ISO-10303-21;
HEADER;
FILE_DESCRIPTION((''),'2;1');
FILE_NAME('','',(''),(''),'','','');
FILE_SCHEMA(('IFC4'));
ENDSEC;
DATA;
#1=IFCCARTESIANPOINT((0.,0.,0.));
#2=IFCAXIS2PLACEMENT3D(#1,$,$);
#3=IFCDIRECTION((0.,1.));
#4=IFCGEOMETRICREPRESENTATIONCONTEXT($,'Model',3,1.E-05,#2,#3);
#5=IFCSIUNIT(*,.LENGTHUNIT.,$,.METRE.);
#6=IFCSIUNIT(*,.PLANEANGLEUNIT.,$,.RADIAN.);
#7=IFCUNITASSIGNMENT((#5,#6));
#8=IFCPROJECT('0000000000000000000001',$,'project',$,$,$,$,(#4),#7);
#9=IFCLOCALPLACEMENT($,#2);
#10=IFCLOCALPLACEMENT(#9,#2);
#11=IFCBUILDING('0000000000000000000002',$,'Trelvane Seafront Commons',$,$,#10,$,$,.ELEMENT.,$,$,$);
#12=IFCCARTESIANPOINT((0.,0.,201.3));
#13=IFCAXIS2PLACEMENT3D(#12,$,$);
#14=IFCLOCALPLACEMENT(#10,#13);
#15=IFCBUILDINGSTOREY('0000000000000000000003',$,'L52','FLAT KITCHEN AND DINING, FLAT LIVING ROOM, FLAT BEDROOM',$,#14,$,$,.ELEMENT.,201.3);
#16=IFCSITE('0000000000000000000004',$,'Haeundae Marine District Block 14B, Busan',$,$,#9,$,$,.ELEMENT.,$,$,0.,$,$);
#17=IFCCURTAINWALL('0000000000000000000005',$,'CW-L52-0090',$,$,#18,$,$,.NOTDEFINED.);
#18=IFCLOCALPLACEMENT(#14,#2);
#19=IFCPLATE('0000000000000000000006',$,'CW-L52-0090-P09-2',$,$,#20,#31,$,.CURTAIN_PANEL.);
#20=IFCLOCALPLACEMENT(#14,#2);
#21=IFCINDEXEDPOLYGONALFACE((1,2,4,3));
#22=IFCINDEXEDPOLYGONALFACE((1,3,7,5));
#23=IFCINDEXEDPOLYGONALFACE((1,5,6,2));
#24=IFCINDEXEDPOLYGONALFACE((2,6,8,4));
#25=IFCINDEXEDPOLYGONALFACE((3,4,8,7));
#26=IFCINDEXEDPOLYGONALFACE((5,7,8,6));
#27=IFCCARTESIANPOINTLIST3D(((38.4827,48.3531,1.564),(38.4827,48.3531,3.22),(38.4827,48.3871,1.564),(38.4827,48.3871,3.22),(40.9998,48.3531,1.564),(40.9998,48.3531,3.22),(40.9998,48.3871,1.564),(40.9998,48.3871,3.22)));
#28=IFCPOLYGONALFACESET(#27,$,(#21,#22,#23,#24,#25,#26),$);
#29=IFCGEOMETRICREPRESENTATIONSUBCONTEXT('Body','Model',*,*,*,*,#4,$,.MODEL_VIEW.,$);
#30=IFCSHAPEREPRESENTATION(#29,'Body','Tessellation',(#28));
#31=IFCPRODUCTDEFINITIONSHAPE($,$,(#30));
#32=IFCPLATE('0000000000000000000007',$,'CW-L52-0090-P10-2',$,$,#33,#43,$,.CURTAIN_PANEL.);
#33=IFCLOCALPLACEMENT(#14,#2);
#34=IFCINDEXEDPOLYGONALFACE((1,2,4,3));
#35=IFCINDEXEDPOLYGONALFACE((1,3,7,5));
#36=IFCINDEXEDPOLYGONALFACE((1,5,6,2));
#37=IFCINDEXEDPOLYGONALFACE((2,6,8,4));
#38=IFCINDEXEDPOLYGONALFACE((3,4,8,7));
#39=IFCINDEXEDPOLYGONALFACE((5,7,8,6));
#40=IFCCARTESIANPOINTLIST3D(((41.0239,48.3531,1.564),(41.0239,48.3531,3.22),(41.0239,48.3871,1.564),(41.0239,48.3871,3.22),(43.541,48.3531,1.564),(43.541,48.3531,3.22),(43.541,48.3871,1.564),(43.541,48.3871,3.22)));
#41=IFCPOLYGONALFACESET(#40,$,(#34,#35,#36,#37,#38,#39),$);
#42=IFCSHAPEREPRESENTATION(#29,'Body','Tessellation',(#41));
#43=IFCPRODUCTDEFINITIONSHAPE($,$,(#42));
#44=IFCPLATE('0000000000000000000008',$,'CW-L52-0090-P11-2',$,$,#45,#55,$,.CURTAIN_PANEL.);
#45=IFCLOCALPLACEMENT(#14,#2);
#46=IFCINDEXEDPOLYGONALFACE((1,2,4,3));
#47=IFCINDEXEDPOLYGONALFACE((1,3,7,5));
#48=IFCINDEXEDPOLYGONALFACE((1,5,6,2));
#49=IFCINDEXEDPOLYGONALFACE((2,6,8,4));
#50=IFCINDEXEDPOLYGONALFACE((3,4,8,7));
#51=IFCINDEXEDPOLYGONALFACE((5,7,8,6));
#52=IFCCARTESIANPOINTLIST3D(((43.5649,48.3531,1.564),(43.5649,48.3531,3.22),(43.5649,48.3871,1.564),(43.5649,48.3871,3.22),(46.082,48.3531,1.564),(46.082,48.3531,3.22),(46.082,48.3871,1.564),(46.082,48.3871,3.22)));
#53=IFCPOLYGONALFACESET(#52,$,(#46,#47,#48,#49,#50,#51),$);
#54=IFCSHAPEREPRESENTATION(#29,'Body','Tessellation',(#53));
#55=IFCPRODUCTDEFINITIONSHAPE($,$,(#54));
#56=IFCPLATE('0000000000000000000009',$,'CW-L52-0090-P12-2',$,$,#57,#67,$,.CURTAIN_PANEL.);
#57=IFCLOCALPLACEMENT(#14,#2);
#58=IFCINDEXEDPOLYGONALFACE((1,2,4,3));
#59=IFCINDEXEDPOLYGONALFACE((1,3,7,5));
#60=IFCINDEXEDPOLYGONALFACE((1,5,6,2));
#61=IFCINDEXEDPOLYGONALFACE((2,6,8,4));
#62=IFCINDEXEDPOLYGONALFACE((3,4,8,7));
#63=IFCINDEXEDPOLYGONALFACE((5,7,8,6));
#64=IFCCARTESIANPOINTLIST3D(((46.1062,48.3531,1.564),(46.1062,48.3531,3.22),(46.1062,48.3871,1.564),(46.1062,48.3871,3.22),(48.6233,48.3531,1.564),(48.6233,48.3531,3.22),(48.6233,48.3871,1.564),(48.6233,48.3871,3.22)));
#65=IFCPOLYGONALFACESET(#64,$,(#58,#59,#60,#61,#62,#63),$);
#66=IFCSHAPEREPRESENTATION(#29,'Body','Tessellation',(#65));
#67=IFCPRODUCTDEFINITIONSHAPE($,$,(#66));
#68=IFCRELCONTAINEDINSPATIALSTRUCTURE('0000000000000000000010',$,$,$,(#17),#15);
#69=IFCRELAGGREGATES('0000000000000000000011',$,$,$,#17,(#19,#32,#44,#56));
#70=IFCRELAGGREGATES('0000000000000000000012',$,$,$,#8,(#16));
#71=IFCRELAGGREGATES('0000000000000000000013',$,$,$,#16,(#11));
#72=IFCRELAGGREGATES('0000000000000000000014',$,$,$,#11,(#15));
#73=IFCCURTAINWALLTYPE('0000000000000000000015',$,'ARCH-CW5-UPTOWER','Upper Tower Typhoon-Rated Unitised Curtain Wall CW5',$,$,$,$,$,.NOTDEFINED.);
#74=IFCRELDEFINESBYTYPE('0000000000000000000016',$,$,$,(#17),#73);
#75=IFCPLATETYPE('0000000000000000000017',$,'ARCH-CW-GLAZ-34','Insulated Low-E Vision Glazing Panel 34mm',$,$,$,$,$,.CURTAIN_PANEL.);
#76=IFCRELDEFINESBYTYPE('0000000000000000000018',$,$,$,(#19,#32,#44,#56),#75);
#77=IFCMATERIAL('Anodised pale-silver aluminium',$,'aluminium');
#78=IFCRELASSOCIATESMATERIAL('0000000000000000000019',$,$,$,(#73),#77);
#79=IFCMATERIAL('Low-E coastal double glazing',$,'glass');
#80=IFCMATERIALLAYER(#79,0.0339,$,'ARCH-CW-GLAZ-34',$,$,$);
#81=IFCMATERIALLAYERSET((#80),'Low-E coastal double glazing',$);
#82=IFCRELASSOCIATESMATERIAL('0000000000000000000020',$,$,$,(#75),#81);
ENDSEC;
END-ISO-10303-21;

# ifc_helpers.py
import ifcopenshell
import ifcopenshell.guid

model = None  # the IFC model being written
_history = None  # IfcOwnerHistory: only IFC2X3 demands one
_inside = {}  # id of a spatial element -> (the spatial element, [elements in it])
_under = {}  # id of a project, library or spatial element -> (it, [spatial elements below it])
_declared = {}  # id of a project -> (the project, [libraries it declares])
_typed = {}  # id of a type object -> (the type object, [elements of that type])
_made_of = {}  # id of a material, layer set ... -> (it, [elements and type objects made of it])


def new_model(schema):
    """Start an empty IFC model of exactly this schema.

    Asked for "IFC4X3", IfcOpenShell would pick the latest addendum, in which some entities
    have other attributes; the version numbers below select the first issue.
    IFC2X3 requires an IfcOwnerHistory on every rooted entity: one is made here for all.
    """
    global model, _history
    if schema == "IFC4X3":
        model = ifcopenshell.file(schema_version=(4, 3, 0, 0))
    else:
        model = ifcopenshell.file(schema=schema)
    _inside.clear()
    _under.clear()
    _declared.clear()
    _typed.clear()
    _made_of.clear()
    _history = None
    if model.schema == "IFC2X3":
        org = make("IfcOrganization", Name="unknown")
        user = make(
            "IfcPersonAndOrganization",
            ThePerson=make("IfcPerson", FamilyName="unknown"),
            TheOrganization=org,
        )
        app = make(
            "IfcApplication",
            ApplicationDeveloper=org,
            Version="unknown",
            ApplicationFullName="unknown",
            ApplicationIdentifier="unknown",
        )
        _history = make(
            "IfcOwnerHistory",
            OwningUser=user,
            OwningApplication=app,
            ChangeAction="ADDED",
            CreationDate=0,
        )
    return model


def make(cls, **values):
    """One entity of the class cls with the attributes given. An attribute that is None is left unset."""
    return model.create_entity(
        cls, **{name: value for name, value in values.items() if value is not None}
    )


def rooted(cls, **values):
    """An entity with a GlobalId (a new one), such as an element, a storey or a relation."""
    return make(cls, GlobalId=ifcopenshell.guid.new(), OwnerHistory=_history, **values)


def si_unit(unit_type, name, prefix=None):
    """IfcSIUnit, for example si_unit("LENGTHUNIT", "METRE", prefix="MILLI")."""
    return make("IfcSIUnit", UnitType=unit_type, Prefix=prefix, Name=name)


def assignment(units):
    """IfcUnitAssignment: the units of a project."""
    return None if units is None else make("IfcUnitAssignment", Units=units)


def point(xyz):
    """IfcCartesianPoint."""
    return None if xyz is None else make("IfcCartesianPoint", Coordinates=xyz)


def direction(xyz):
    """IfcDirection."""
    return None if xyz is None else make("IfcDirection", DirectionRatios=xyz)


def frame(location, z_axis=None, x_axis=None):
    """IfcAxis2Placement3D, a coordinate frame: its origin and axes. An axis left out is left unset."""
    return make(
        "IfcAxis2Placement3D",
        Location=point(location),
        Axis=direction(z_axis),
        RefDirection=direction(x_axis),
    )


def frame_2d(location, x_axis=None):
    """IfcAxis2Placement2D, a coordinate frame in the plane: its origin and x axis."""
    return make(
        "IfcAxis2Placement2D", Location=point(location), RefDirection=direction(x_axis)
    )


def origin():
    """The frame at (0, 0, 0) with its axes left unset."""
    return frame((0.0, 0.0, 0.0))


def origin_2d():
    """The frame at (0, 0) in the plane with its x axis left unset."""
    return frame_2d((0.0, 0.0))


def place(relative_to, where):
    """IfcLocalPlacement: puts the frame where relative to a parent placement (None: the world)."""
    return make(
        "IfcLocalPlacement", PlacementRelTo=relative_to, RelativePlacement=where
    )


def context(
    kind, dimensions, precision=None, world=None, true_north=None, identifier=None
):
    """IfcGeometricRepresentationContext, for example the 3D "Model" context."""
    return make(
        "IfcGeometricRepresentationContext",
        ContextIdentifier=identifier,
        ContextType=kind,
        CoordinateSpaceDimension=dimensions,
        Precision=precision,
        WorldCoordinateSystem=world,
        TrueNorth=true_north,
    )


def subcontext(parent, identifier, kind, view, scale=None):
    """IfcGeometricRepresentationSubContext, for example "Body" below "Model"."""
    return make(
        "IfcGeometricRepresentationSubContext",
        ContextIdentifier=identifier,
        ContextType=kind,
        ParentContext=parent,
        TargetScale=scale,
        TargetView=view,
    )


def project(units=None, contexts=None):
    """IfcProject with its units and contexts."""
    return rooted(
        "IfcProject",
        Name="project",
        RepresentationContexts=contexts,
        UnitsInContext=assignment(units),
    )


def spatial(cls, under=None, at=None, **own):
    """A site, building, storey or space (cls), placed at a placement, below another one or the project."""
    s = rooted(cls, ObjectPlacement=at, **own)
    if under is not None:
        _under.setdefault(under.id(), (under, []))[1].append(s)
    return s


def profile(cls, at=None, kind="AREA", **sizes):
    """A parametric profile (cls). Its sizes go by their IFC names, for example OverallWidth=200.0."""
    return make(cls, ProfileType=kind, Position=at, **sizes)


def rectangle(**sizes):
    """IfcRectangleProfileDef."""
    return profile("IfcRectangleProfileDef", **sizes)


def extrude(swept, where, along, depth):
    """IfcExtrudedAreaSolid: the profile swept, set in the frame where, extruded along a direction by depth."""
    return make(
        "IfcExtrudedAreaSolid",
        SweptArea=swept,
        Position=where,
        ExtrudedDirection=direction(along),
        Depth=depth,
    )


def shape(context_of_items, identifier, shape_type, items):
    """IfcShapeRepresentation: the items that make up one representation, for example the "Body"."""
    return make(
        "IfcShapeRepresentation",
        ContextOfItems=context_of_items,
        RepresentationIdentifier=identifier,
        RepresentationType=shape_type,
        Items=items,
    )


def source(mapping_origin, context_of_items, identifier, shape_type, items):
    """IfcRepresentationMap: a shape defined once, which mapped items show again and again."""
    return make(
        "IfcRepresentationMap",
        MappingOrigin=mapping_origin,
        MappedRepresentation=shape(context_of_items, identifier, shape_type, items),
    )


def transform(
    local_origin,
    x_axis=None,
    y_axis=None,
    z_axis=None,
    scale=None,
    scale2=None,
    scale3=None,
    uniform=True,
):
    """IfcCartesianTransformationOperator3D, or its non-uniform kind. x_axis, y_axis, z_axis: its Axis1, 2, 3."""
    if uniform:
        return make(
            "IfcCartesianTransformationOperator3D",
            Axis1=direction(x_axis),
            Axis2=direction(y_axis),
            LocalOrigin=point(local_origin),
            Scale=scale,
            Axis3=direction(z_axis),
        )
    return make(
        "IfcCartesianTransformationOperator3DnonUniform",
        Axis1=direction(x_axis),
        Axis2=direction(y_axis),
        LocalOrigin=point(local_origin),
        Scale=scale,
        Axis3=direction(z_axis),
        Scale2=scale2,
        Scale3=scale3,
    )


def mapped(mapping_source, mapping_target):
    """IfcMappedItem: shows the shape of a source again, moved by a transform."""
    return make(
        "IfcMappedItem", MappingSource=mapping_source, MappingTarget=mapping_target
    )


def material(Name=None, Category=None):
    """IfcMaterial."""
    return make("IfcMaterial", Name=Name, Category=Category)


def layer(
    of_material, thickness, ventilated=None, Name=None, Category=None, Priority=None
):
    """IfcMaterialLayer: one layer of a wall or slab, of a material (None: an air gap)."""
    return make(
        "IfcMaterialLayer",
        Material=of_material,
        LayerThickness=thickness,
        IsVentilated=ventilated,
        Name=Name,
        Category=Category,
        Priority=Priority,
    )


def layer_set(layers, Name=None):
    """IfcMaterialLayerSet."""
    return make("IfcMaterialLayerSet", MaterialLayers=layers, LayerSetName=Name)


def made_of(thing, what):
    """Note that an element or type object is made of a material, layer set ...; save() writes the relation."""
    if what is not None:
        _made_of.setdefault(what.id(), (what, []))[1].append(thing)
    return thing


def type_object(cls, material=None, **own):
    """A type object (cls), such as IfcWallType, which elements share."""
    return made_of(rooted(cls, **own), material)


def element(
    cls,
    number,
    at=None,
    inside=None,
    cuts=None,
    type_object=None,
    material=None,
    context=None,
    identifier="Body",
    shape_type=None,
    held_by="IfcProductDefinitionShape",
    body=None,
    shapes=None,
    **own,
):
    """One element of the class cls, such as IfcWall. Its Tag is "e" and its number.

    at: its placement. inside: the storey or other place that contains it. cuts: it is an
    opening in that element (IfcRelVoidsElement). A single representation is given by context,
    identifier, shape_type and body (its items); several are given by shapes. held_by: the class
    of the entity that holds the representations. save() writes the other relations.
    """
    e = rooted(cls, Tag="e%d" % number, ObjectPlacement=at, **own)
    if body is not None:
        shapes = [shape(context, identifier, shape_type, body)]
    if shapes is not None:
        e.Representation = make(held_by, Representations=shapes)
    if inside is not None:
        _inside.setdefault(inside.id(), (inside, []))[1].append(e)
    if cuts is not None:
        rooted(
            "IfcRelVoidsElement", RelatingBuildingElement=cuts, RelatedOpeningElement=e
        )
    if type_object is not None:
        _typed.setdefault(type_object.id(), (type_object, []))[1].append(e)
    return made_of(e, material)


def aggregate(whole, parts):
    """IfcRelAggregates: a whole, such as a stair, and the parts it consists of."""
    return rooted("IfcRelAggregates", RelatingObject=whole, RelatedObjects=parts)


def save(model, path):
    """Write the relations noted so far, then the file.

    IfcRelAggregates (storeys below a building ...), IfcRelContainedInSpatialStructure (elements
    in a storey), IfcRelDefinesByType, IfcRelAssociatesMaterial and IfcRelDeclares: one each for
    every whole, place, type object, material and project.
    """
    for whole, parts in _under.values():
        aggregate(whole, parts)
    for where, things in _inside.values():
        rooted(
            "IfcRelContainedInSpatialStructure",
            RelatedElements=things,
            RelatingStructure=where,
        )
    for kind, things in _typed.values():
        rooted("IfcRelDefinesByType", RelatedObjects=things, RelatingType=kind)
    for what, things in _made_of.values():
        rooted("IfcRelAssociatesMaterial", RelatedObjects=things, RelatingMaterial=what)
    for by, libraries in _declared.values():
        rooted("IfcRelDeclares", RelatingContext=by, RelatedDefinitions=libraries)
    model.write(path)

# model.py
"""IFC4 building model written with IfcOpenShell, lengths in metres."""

from ifc_helpers import new_model, si_unit, direction, frame, origin, origin_2d, place, context, subcontext, project, spatial, rectangle, extrude, source, transform, mapped, material, layer, layer_set, type_object, element, aggregate, save


model = new_model("IFC4")

# Units and contexts
model_context = context("Model", 3, precision=1e-05, world=origin(), true_north=direction((0.0, 1.0)))
body_context = subcontext(model_context, "Body", "Model", "MODEL_VIEW")
ifc_project = project(units=[si_unit("LENGTHUNIT", "METRE"), si_unit("PLANEANGLEUNIT", "RADIAN")], contexts=[model_context])

# Site, building, storey
site_placement = place(None, origin())
site = spatial("IfcSite", under=ifc_project, at=site_placement, Name="Haeundae Marine District Block 14B, Busan", CompositionType="ELEMENT", RefElevation=0.0)
building_placement = place(site_placement, origin())
building = spatial("IfcBuilding", under=site, at=building_placement, Name="Trelvane Seafront Commons", CompositionType="ELEMENT")
storey_placement = place(building_placement, frame((0.0, 0.0, 201.3)))
storey = spatial("IfcBuildingStorey", under=building, at=storey_placement, Name="L52", Description="FLAT KITCHEN AND DINING, FLAT LIVING ROOM, FLAT BEDROOM", CompositionType="ELEMENT", Elevation=201.3)

# Curtain wall
ifc_material_1 = material(Name="Anodised pale-silver aluminium", Category="aluminium")
curtain_wall_type = type_object("IfcCurtainWallType", Name="ARCH-CW5-UPTOWER", Description="Upper Tower Typhoon-Rated Unitised Curtain Wall CW5", PredefinedType="NOTDEFINED", material=ifc_material_1)
curtain_wall_placement = place(storey_placement, origin())
curtain_wall = element("IfcCurtainWall", 1, at=curtain_wall_placement, inside=storey, type_object=curtain_wall_type, Name="CW-L52-0090", PredefinedType="NOTDEFINED")

# Plates
ifc_material_2 = material(Name="Low-E coastal double glazing", Category="glass")
ifc_layer_1 = layer(ifc_material_2, 0.0339, Name="ARCH-CW-GLAZ-34")
ifc_layer_set_1 = layer_set([ifc_layer_1], Name="Low-E coastal double glazing")
plate_type_1 = type_object("IfcPlateType", Name="ARCH-CW-GLAZ-34", Description="Insulated Low-E Vision Glazing Panel 34mm", PredefinedType="CURTAIN_PANEL", material=ifc_layer_set_1)
shared_shape_1 = source(origin(), body_context, "Body", "SweptSolid", [
    extrude(rectangle(XDim=2.5171, YDim=0.0339, at=origin_2d()), origin(), (0.0, 0.0, 1.0), 1.656),
])
plate_1_placement = place(storey_placement, frame((39.7412, 48.3701, 1.564), z_axis=(0.0, 0.0, 1.0), x_axis=(1.0, 0.0, 0.0)))
plate_1 = element("IfcPlate", 2, at=plate_1_placement, type_object=plate_type_1, Name="CW-L52-0090-P09-2", PredefinedType="CURTAIN_PANEL", context=body_context, shape_type="MappedRepresentation", body=[
    mapped(shared_shape_1, transform((0.0, 0.0, 0.0), x_axis=(1.0, 0.0, 0.0), y_axis=(0.0, 1.0, 0.0), z_axis=(0.0, 0.0, 1.0), scale=1.0)),
])
plate_2_placement = place(storey_placement, frame((42.2825, 48.3701, 1.564), z_axis=(0.0, 0.0, 1.0), x_axis=(1.0, 0.0, 0.0)))
plate_2 = element("IfcPlate", 3, at=plate_2_placement, type_object=plate_type_1, Name="CW-L52-0090-P10-2", PredefinedType="CURTAIN_PANEL", context=body_context, shape_type="MappedRepresentation", body=[
    mapped(shared_shape_1, transform((0.0, 0.0, 0.0), x_axis=(1.0, 0.0, 0.0), y_axis=(0.0, 1.0, 0.0), z_axis=(0.0, 0.0, 1.0), scale=1.0)),
])
plate_3_placement = place(storey_placement, frame((44.8235, 48.3701, 1.564), z_axis=(0.0, 0.0, 1.0), x_axis=(1.0, 0.0, 0.0)))
plate_3 = element("IfcPlate", 4, at=plate_3_placement, type_object=plate_type_1, Name="CW-L52-0090-P11-2", PredefinedType="CURTAIN_PANEL", context=body_context, shape_type="MappedRepresentation", body=[
    mapped(shared_shape_1, transform((0.0, 0.0, 0.0), x_axis=(1.0, 0.0, 0.0), y_axis=(0.0, 1.0, 0.0), z_axis=(0.0, 0.0, 1.0), scale=1.0)),
])
plate_4_placement = place(storey_placement, frame((47.3647, 48.3701, 1.564), z_axis=(0.0, 0.0, 1.0), x_axis=(1.0, 0.0, 0.0)))
plate_4 = element("IfcPlate", 5, at=plate_4_placement, type_object=plate_type_1, Name="CW-L52-0090-P12-2", PredefinedType="CURTAIN_PANEL", context=body_context, shape_type="MappedRepresentation", body=[
    mapped(shared_shape_1, transform((0.0, 0.0, 0.0), x_axis=(1.0, 0.0, 0.0), y_axis=(0.0, 1.0, 0.0), z_axis=(0.0, 0.0, 1.0), scale=1.0)),
])
aggregate(curtain_wall, [plate_1, plate_2, plate_3, plate_4])

save(model, "model.ifc")
